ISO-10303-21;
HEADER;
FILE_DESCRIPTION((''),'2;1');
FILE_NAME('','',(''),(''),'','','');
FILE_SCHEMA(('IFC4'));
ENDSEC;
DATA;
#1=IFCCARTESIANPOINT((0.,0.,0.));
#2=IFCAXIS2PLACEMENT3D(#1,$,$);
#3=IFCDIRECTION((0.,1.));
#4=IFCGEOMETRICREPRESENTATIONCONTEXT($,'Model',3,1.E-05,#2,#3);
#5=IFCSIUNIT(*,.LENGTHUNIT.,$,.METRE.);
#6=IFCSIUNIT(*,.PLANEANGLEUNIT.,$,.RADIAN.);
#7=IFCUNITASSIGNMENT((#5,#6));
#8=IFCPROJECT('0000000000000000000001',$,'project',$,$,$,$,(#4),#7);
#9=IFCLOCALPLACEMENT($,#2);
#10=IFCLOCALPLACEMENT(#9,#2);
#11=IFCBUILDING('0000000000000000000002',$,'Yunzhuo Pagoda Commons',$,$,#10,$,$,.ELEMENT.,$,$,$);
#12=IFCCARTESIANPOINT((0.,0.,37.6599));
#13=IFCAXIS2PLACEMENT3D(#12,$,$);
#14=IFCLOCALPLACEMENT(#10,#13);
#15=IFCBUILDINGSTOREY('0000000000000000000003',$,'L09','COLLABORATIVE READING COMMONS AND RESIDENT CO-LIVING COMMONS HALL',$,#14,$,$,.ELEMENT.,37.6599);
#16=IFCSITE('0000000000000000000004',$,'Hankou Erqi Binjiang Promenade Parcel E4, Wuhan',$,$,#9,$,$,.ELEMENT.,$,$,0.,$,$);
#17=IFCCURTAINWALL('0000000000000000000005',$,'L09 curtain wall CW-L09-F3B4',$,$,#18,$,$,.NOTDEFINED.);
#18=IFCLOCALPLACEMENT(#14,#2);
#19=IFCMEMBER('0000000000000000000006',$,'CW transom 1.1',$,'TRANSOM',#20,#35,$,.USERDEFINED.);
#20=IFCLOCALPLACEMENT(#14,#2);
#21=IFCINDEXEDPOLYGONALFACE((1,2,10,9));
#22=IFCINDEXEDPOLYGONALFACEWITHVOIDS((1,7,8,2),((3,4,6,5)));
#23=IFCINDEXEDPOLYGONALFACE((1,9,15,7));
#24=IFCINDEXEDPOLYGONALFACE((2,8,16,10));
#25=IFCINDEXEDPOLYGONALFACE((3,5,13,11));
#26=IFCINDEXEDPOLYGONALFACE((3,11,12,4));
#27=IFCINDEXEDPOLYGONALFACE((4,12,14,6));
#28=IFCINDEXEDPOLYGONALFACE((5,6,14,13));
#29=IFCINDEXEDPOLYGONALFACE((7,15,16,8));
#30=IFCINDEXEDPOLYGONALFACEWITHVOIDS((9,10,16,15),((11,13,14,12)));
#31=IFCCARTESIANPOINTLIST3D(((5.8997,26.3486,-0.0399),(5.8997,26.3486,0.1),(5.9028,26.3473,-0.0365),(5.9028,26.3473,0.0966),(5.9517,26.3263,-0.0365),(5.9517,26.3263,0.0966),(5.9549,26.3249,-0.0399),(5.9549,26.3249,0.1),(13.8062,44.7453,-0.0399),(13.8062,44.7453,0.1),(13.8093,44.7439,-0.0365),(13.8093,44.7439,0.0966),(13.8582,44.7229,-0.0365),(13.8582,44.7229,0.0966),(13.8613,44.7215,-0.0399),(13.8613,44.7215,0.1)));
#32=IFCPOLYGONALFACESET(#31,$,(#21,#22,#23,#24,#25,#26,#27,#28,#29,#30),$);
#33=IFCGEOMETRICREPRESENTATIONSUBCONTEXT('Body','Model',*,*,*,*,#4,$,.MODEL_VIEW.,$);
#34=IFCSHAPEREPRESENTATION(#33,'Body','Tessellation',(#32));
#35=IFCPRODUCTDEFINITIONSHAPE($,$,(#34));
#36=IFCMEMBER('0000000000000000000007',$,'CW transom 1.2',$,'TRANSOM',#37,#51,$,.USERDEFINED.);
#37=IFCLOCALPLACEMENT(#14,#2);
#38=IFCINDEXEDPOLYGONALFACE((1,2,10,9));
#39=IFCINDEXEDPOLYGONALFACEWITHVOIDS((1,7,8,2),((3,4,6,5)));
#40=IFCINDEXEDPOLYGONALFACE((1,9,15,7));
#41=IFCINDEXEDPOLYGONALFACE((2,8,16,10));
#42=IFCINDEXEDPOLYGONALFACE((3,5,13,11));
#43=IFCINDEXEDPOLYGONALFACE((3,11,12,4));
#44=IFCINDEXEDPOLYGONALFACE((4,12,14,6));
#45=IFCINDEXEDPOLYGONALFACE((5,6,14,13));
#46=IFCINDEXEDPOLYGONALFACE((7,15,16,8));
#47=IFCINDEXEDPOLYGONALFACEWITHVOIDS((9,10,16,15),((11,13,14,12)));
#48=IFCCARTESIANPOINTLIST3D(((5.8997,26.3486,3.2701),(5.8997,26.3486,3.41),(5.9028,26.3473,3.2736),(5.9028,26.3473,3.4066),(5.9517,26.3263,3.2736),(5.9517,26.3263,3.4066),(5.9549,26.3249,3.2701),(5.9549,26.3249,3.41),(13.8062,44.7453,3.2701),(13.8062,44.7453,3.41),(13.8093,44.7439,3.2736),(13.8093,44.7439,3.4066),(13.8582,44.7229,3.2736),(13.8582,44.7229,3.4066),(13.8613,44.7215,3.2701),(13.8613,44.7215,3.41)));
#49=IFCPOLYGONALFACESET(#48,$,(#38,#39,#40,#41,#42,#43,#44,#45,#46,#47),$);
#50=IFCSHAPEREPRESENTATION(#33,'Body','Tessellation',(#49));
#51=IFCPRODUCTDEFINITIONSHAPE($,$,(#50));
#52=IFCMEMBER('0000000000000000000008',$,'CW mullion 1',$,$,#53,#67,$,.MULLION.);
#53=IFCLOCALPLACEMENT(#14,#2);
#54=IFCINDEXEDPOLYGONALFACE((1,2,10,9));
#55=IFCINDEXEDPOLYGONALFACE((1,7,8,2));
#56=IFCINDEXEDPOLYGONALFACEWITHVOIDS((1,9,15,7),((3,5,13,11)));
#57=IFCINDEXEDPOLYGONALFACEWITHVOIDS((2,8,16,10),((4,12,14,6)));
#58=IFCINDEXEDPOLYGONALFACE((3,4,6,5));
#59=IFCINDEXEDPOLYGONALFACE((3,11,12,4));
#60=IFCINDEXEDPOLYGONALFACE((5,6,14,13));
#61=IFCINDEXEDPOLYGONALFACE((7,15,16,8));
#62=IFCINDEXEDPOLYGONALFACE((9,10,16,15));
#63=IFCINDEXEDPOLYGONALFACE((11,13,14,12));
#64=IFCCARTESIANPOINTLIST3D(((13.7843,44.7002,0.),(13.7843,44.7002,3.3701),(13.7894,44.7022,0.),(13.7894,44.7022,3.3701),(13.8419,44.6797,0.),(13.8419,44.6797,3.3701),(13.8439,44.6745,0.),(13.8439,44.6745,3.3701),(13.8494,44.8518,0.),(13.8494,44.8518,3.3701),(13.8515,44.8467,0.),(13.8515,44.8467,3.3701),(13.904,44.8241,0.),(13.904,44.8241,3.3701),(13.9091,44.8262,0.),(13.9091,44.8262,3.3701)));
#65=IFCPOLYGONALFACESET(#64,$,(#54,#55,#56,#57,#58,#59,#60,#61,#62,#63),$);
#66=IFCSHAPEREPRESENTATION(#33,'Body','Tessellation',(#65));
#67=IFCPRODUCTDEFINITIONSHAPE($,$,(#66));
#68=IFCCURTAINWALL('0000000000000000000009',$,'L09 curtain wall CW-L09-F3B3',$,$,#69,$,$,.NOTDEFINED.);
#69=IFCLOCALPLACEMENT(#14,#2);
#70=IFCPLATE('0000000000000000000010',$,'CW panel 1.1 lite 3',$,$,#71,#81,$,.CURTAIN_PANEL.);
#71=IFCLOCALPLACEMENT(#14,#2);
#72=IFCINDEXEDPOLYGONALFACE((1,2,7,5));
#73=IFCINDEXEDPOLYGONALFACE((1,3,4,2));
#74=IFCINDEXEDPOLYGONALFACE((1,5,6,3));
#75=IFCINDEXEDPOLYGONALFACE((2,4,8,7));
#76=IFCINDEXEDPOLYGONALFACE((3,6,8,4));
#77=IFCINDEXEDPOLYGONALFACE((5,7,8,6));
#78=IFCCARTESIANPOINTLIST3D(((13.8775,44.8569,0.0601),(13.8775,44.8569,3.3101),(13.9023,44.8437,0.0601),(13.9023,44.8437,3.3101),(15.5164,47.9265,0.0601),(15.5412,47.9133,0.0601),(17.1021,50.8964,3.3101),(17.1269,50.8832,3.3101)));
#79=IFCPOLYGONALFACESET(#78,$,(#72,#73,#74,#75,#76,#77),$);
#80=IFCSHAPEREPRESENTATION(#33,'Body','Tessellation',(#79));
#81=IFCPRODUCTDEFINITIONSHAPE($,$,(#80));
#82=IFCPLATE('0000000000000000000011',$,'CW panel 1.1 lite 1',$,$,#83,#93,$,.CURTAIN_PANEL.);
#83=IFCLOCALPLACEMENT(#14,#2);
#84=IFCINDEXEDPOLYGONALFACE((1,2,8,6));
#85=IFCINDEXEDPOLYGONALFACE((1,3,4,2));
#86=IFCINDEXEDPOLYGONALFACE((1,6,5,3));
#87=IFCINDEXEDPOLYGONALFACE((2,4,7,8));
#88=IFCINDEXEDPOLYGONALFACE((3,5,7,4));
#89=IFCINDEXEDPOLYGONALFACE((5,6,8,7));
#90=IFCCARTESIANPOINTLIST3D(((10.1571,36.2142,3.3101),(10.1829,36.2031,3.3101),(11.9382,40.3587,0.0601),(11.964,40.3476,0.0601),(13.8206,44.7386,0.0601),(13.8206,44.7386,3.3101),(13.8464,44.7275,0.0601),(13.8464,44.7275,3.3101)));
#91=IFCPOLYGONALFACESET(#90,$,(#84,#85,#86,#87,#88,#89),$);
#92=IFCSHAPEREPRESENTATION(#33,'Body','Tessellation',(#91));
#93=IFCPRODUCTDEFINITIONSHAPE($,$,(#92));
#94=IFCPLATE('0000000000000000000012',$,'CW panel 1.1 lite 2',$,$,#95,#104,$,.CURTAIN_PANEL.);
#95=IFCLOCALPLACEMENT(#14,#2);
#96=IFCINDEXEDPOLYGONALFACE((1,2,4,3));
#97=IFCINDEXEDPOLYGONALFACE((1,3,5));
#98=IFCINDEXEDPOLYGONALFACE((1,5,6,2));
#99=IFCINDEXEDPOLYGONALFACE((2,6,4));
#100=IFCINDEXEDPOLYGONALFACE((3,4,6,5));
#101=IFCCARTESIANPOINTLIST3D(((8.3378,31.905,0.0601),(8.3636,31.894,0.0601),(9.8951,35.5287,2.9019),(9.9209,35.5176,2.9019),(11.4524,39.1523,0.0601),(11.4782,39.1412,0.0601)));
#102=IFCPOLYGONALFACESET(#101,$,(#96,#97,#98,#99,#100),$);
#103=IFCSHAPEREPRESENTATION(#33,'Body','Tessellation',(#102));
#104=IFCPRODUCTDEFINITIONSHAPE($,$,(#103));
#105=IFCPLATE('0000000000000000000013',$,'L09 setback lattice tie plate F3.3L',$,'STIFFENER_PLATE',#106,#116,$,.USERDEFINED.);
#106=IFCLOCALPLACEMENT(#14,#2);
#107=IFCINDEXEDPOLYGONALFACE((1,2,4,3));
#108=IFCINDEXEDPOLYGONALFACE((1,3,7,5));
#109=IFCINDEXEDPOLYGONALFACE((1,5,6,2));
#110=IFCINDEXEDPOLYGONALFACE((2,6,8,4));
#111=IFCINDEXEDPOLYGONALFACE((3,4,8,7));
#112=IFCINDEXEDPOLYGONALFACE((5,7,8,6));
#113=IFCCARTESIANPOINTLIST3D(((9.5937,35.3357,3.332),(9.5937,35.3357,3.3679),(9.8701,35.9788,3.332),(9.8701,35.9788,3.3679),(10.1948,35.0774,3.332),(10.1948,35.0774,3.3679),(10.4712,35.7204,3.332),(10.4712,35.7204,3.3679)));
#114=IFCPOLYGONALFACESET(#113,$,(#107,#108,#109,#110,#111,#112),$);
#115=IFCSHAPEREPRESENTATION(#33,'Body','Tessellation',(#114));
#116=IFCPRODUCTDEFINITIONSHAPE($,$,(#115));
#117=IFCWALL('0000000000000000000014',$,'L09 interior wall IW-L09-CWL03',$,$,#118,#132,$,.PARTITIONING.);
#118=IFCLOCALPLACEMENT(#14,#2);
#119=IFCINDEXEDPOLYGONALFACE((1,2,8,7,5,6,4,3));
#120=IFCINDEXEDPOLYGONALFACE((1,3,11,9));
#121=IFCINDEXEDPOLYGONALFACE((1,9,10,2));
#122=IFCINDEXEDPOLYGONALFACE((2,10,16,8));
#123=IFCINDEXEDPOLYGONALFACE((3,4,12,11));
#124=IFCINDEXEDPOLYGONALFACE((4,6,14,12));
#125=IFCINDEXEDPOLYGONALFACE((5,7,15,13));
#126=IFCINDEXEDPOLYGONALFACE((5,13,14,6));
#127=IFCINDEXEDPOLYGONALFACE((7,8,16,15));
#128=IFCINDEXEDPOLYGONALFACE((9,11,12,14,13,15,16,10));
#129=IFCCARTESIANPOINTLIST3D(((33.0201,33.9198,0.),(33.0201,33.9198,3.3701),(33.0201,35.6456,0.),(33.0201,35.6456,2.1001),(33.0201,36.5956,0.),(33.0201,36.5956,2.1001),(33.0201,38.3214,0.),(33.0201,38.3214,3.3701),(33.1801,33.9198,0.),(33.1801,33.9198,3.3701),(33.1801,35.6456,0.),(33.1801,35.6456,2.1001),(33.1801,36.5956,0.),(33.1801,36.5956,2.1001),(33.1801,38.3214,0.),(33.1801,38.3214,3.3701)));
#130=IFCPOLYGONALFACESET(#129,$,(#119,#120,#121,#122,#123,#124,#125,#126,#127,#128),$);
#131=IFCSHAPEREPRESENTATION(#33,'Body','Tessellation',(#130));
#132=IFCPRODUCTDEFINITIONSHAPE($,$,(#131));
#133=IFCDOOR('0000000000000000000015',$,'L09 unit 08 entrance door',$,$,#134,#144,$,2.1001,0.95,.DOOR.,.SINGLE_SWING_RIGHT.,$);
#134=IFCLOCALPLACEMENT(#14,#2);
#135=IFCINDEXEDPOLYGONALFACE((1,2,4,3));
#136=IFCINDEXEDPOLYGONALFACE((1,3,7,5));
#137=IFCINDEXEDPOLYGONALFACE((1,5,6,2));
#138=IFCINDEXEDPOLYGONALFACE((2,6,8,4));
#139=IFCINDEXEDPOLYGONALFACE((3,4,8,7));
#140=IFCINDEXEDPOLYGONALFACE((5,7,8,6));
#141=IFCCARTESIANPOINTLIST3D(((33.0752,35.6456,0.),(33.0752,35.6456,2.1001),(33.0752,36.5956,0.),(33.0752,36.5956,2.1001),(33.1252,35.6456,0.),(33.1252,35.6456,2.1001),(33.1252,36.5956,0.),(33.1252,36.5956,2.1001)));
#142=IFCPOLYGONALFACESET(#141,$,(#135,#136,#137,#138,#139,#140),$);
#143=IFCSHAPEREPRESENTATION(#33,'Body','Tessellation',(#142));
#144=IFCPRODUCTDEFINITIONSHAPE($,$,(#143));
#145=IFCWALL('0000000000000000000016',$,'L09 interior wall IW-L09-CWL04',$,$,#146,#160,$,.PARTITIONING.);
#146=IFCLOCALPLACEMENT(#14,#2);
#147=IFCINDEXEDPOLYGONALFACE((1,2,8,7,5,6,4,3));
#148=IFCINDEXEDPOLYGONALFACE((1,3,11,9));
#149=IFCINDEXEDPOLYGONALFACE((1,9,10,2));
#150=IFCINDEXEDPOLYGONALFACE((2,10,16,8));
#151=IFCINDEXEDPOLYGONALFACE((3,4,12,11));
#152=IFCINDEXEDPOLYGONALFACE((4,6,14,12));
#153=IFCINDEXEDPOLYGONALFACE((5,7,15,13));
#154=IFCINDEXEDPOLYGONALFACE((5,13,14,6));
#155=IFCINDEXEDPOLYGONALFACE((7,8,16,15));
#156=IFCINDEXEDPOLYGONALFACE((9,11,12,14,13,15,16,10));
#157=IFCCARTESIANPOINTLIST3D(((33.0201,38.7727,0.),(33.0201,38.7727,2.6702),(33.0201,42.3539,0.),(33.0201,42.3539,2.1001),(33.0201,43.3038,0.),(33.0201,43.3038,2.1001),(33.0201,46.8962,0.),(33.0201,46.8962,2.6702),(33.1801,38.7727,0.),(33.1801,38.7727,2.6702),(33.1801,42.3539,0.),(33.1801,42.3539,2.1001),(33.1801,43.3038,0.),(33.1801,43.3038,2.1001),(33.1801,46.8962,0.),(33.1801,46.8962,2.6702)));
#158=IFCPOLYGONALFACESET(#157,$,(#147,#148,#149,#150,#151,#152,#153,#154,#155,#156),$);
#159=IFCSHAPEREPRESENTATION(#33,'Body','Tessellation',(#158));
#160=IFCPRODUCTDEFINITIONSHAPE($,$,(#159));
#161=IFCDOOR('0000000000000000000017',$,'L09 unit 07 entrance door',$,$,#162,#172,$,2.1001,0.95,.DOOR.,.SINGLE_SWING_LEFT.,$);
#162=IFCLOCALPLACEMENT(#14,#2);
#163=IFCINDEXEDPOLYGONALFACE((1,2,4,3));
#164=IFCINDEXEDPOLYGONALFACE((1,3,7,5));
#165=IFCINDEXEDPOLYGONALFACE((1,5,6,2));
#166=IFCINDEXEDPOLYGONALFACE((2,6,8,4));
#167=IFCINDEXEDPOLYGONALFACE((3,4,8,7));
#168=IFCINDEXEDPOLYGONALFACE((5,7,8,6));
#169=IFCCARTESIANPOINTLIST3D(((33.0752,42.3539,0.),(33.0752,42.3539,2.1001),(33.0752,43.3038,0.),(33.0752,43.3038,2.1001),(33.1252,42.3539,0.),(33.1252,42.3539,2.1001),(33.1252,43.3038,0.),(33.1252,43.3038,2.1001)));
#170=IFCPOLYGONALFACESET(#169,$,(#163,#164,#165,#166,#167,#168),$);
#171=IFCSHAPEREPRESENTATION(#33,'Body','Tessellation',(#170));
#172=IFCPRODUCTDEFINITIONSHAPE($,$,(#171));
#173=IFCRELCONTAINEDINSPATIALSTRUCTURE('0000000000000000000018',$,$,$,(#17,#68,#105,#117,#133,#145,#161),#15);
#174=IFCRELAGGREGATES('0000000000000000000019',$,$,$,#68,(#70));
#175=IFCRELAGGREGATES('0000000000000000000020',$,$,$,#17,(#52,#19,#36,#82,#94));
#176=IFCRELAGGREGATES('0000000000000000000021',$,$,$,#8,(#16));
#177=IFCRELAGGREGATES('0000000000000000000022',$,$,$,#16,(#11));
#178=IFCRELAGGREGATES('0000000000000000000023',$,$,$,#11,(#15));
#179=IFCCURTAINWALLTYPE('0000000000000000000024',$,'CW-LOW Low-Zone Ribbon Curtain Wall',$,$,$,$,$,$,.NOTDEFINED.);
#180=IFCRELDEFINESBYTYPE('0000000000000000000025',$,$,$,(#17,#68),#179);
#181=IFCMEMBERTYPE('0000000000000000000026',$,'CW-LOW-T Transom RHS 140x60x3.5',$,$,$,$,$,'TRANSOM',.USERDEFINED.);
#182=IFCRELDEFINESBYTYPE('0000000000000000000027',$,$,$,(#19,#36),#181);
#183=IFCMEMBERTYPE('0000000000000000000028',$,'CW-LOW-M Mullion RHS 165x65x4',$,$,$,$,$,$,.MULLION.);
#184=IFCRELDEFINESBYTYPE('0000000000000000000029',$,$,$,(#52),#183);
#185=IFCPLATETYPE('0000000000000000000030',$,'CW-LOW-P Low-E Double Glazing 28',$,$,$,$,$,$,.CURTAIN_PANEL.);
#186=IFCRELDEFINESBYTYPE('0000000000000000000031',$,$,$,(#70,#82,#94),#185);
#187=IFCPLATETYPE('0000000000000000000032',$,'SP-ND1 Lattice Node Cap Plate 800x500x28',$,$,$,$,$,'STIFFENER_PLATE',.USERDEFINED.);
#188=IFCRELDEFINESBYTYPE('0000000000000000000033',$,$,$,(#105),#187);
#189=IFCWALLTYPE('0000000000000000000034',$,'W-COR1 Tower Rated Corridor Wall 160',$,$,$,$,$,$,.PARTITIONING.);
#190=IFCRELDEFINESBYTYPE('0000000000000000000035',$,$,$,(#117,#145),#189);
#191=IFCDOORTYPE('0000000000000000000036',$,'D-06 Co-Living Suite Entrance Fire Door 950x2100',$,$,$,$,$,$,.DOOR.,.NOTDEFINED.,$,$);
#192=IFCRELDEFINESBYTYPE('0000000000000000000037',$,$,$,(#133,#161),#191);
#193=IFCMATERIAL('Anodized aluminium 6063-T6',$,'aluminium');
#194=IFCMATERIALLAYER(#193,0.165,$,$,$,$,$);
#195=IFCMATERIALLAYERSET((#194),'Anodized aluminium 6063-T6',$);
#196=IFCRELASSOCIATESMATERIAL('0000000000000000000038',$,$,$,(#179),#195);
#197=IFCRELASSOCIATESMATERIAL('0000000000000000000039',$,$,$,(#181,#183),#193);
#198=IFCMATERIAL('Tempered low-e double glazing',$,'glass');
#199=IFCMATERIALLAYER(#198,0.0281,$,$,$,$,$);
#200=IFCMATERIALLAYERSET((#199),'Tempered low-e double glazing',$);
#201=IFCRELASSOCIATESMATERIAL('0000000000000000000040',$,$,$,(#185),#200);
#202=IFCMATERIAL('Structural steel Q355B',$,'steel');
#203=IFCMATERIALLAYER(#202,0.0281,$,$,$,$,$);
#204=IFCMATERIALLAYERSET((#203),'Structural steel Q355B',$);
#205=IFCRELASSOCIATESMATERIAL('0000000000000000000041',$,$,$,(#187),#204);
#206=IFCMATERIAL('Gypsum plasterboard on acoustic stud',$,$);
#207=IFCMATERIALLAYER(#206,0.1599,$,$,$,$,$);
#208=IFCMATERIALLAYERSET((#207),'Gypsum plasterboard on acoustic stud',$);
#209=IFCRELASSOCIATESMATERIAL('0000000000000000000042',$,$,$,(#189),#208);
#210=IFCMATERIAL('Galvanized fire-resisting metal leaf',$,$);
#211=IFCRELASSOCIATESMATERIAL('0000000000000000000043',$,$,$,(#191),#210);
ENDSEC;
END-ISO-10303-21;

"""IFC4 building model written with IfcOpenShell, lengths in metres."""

from ifc_helpers import new_model, si_unit, direction, frame, frame_2d, origin, origin_with_axes, origin_2d, place, context, subcontext, project, spatial, polyline, rectangle, hollow_rectangle, outline, extrude, source, transform, mapped, material, layer, layer_set, material_profile, profile_set, type_object, element, fill, aggregate, save


model = new_model("IFC4")

# Units and contexts
model_context = context("Model", 3, precision=1e-05, world=origin(), true_north=direction((0.0, 1.0)))
body_context = subcontext(model_context, "Body", "Model", "MODEL_VIEW")
ifc_project = project(units=[si_unit("LENGTHUNIT", "METRE"), si_unit("PLANEANGLEUNIT", "RADIAN")], contexts=[model_context])

# Site, building, storey
site_placement = place(None, origin())
site = spatial("IfcSite", under=ifc_project, at=site_placement, Name="Hankou Erqi Binjiang Promenade Parcel E4, Wuhan", CompositionType="ELEMENT", RefElevation=0.0)
building_placement = place(site_placement, origin())
building = spatial("IfcBuilding", under=site, at=building_placement, Name="Yunzhuo Pagoda Commons", CompositionType="ELEMENT")
storey_placement = place(building_placement, frame((0.0, 0.0, 37.6599)))
storey = spatial("IfcBuildingStorey", under=building, at=storey_placement, Name="L09", Description="COLLABORATIVE READING COMMONS AND RESIDENT CO-LIVING COMMONS HALL", CompositionType="ELEMENT", Elevation=37.6599)

# Shared definitions
ifc_material_1 = material(Name="Structural steel Q355B", Category="steel")

# Curtain wall, members
ifc_material_2 = material(Name="Anodized aluminium 6063-T6", Category="aluminium")
ifc_layer_1 = layer(ifc_material_2, 0.165)
ifc_layer_set_1 = layer_set([ifc_layer_1], Name="Anodized aluminium 6063-T6")
curtain_wall_type = type_object("IfcCurtainWallType", Name="CW-LOW Low-Zone Ribbon Curtain Wall", PredefinedType="NOTDEFINED", material=ifc_layer_set_1)
curtain_wall_1_placement = place(storey_placement, origin())
curtain_wall_1 = element("IfcCurtainWall", 1, at=curtain_wall_1_placement, inside=storey, type_object=curtain_wall_type, Name="L09 curtain wall CW-L09-F3B4", PredefinedType="NOTDEFINED")
ifc_material_profile_1 = material_profile(ifc_material_2, hollow_rectangle(XDim=0.0601, YDim=0.1399, WallThickness=0.0034, at=origin_2d()), Name="Anodized aluminium 6063-T6")
ifc_profile_set_1 = profile_set([ifc_material_profile_1], Name="Anodized aluminium 6063-T6")
member_type_1 = type_object("IfcMemberType", Name="CW-LOW-T Transom RHS 140x60x3.5", ElementType="TRANSOM", PredefinedType="USERDEFINED", material=ifc_profile_set_1)
shared_shape_1 = source(origin(), body_context, "Body", "SweptSolid", [
    extrude(hollow_rectangle(XDim=0.0601, YDim=0.1399, WallThickness=0.0034, at=origin_2d()), origin(), (0.0, 0.0, 1.0), 20.0237),
])
member_1_placement = place(storey_placement, frame((13.8337, 44.7334, 0.03), z_axis=(-0.394855, -0.918743, 0.0), x_axis=(0.918743, -0.394855, 0.0)))
member_1 = element("IfcMember", 2, at=member_1_placement, type_object=member_type_1, Name="CW transom 1.1", ObjectType="TRANSOM", PredefinedType="USERDEFINED", context=body_context, shape_type="MappedRepresentation", body=[
    mapped(shared_shape_1, transform((0.0, 0.0, 0.0), scale=1.0)),
])
member_2_placement = place(storey_placement, frame((13.8337, 44.7334, 3.3401), z_axis=(-0.394855, -0.918743, 0.0), x_axis=(0.918743, -0.394855, 0.0)))
member_2 = element("IfcMember", 3, at=member_2_placement, type_object=member_type_1, Name="CW transom 1.2", ObjectType="TRANSOM", PredefinedType="USERDEFINED", context=body_context, shape_type="MappedRepresentation", body=[
    mapped(shared_shape_1, transform((0.0, 0.0, 0.0), scale=1.0)),
])
ifc_material_profile_2 = material_profile(ifc_material_2, hollow_rectangle(XDim=0.0649, YDim=0.165, WallThickness=0.0039, at=origin_2d()), Name="Anodized aluminium 6063-T6")
ifc_profile_set_2 = profile_set([ifc_material_profile_2], Name="Anodized aluminium 6063-T6")
member_type_2 = type_object("IfcMemberType", Name="CW-LOW-M Mullion RHS 165x65x4", PredefinedType="MULLION", material=ifc_profile_set_2)
shared_shape_2 = source(origin(), body_context, "Body", "SweptSolid", [
    extrude(hollow_rectangle(XDim=0.0649, YDim=0.165, WallThickness=0.0039, at=origin_2d()), origin(), (0.0, 0.0, 1.0), 3.3701),
])
member_3_placement = place(storey_placement, frame((13.8467, 44.7632, 0.0), z_axis=(0.0, 0.0, 1.0), x_axis=(0.918745, -0.394851, 0.0)))
member_3 = element("IfcMember", 4, at=member_3_placement, type_object=member_type_2, Name="CW mullion 1", PredefinedType="MULLION", context=body_context, shape_type="MappedRepresentation", body=[
    mapped(shared_shape_2, transform((0.0, 0.0, 0.0), scale=1.0)),
])

# Curtain wall, plate
curtain_wall_2_placement = place(storey_placement, origin())
curtain_wall_2 = element("IfcCurtainWall", 5, at=curtain_wall_2_placement, inside=storey, type_object=curtain_wall_type, Name="L09 curtain wall CW-L09-F3B3", PredefinedType="NOTDEFINED")
ifc_material_3 = material(Name="Tempered low-e double glazing", Category="glass")
ifc_layer_2 = layer(ifc_material_3, 0.0281)
ifc_layer_set_2 = layer_set([ifc_layer_2], Name="Tempered low-e double glazing")
plate_type_1 = type_object("IfcPlateType", Name="CW-LOW-P Low-E Double Glazing 28", PredefinedType="CURTAIN_PANEL", material=ifc_layer_set_2)
plate_1_placement = place(storey_placement, frame((15.5146, 47.8635, 1.6851), z_axis=(-0.882141, 0.470985, 0.0), x_axis=(-0.470985, -0.882141, 0.0)))
plate_1 = element("IfcPlate", 6, at=plate_1_placement, type_object=plate_type_1, Name="CW panel 1.1 lite 3", PredefinedType="CURTAIN_PANEL", context=body_context, shape_type="SweptSolid", body=[
    extrude(outline(polyline([(-3.4231, 1.625), (-0.0564, -1.625), (3.4233, -1.625), (3.4233, 1.625), (-3.4231, 1.625)])), origin(), (0.0, 0.0, 1.0), 0.0281),
])
aggregate(curtain_wall_2, [plate_1])

# Plates
plate_2_placement = place(storey_placement, frame((12.0146, 40.4653, 1.6851), z_axis=(-0.918745, 0.394851, 0.0), x_axis=(-0.394851, -0.918745, 0.0)))
plate_2 = element("IfcPlate", 7, at=plate_2_placement, type_object=plate_type_1, Name="CW panel 1.1 lite 1", PredefinedType="CURTAIN_PANEL", context=body_context, shape_type="SweptSolid", body=[
    extrude(outline(polyline([(-4.6392, -1.625), (0.1282, -1.625), (4.6392, 1.625), (-4.6392, 1.625), (-4.6392, -1.625)])), origin(), (0.0, 0.0, 1.0), 0.0281),
])
plate_3_placement = place(storey_placement, frame((9.9209, 35.5176, 1.481), z_axis=(-0.918745, 0.394851, 0.0), x_axis=(-0.394851, -0.918745, 0.0)))
plate_3 = element("IfcPlate", 8, at=plate_3_placement, type_object=plate_type_1, Name="CW panel 1.1 lite 2", PredefinedType="CURTAIN_PANEL", context=body_context, shape_type="SweptSolid", body=[
    extrude(outline(polyline([(-3.9441, -1.4209), (3.9441, -1.4209), (0.0, 1.4209), (-3.9441, -1.4209)])), origin(), (0.0, 0.0, 1.0), 0.0281),
])
aggregate(curtain_wall_1, [member_3, member_1, member_2, plate_2, plate_3])
ifc_layer_3 = layer(ifc_material_1, 0.0281)
ifc_layer_set_3 = layer_set([ifc_layer_3], Name="Structural steel Q355B")
plate_type_2 = type_object("IfcPlateType", Name="SP-ND1 Lattice Node Cap Plate 800x500x28", ElementType="STIFFENER_PLATE", PredefinedType="USERDEFINED", material=ifc_layer_set_3)
shared_shape_3 = source(origin(), body_context, "Body", "SweptSolid", [
    extrude(rectangle(XDim=0.7, YDim=0.6543, at=origin_2d()), origin(), (0.0, 0.0, 1.0), 0.0359),
])
plate_4_placement = place(storey_placement, frame((10.0325, 35.5281, 3.332), z_axis=(0.0, 0.0, 1.0), x_axis=(-0.394856, -0.918743, 0.0)))
element("IfcPlate", 9, at=plate_4_placement, inside=storey, type_object=plate_type_2, Name="L09 setback lattice tie plate F3.3L", ObjectType="STIFFENER_PLATE", PredefinedType="USERDEFINED", context=body_context, shape_type="MappedRepresentation", body=[
    mapped(shared_shape_3, transform((0.0, 0.0, 0.0), scale=1.0)),
])

# Walls, openings, doors
ifc_material_4 = material(Name="Gypsum plasterboard on acoustic stud")
ifc_layer_4 = layer(ifc_material_4, 0.1599)
ifc_layer_set_4 = layer_set([ifc_layer_4], Name="Gypsum plasterboard on acoustic stud")
wall_type_1 = type_object("IfcWallType", Name="W-COR1 Tower Rated Corridor Wall 160", PredefinedType="PARTITIONING", material=ifc_layer_set_4)
wall_1_placement = place(storey_placement, frame((33.1001, 33.9199, 0.0), z_axis=(0.0, 0.0, 1.0), x_axis=(0.0, 1.0, 0.0)))
wall_1 = element("IfcWall", 10, at=wall_1_placement, inside=storey, type_object=wall_type_1, Name="L09 interior wall IW-L09-CWL03", PredefinedType="PARTITIONING", context=body_context, shape_type="SweptSolid", body=[
    extrude(rectangle(XDim=4.4016, YDim=0.1599, at=frame_2d((2.2007, 0.0))), origin(), (0.0, 0.0, 1.0), 3.3701),
])
opening_1_placement = place(wall_1_placement, frame((1.7256, 0.0, 0.0)))
opening_1 = element("IfcOpeningElement", 11, at=opening_1_placement, cuts=wall_1, PredefinedType="OPENING", context=body_context, shape_type="SweptSolid", body=[
    extrude(rectangle(XDim=0.95, YDim=2.1001, at=frame_2d((0.4751, 1.05))), frame((0.0, 0.0898, 0.0), z_axis=(0.0, -1.0, 0.0), x_axis=(1.0, 0.0, 0.0)), (0.0, 0.0, 1.0), 0.1799),
])
ifc_material_5 = material(Name="Galvanized fire-resisting metal leaf")
door_type = type_object("IfcDoorType", Name="D-06 Co-Living Suite Entrance Fire Door 950x2100", OperationType="NOTDEFINED", PredefinedType="DOOR", material=ifc_material_5)
shared_shape_4 = source(origin(), body_context, "Body", "SweptSolid", [
    extrude(rectangle(XDim=0.95, YDim=2.1001, at=frame_2d((0.4751, 1.05))), frame((0.0, 0.0249, 0.0), z_axis=(0.0, -1.0, 0.0), x_axis=(1.0, 0.0, 0.0)), (0.0, 0.0, 1.0), 0.05),
])
door_1_placement = place(opening_1_placement, origin_with_axes())
door_1 = element("IfcDoor", 12, at=door_1_placement, inside=storey, type_object=door_type, Name="L09 unit 08 entrance door", OperationType="SINGLE_SWING_RIGHT", OverallHeight=2.1001, OverallWidth=0.95, PredefinedType="DOOR", context=body_context, shape_type="MappedRepresentation", body=[
    mapped(shared_shape_4, transform((0.0, 0.0, 0.0), scale=1.0)),
])
fill(opening_1, door_1)
wall_2_placement = place(storey_placement, frame((33.1001, 38.7727, 0.0), z_axis=(0.0, 0.0, 1.0), x_axis=(0.0, 1.0, 0.0)))
wall_2 = element("IfcWall", 13, at=wall_2_placement, inside=storey, type_object=wall_type_1, Name="L09 interior wall IW-L09-CWL04", PredefinedType="PARTITIONING", context=body_context, shape_type="SweptSolid", body=[
    extrude(rectangle(XDim=8.1235, YDim=0.1599, at=frame_2d((4.0618, 0.0))), origin(), (0.0, 0.0, 1.0), 2.6702),
])
opening_2_placement = place(wall_2_placement, frame((3.5811, 0.0, 0.0)))
opening_2 = element("IfcOpeningElement", 14, at=opening_2_placement, cuts=wall_2, PredefinedType="OPENING", context=body_context, shape_type="SweptSolid", body=[
    extrude(rectangle(XDim=0.95, YDim=2.1001, at=frame_2d((0.4751, 1.05))), frame((0.0, 0.0898, 0.0), z_axis=(0.0, -1.0, 0.0), x_axis=(1.0, 0.0, 0.0)), (0.0, 0.0, 1.0), 0.1799),
])
door_2_placement = place(opening_2_placement, origin_with_axes())
door_2 = element("IfcDoor", 15, at=door_2_placement, inside=storey, type_object=door_type, Name="L09 unit 07 entrance door", OperationType="SINGLE_SWING_LEFT", OverallHeight=2.1001, OverallWidth=0.95, PredefinedType="DOOR", context=body_context, shape_type="MappedRepresentation", body=[
    mapped(shared_shape_4, transform((0.0, 0.0, 0.0), scale=1.0)),
])
fill(opening_2, door_2)

save(model, "model.ifc")
